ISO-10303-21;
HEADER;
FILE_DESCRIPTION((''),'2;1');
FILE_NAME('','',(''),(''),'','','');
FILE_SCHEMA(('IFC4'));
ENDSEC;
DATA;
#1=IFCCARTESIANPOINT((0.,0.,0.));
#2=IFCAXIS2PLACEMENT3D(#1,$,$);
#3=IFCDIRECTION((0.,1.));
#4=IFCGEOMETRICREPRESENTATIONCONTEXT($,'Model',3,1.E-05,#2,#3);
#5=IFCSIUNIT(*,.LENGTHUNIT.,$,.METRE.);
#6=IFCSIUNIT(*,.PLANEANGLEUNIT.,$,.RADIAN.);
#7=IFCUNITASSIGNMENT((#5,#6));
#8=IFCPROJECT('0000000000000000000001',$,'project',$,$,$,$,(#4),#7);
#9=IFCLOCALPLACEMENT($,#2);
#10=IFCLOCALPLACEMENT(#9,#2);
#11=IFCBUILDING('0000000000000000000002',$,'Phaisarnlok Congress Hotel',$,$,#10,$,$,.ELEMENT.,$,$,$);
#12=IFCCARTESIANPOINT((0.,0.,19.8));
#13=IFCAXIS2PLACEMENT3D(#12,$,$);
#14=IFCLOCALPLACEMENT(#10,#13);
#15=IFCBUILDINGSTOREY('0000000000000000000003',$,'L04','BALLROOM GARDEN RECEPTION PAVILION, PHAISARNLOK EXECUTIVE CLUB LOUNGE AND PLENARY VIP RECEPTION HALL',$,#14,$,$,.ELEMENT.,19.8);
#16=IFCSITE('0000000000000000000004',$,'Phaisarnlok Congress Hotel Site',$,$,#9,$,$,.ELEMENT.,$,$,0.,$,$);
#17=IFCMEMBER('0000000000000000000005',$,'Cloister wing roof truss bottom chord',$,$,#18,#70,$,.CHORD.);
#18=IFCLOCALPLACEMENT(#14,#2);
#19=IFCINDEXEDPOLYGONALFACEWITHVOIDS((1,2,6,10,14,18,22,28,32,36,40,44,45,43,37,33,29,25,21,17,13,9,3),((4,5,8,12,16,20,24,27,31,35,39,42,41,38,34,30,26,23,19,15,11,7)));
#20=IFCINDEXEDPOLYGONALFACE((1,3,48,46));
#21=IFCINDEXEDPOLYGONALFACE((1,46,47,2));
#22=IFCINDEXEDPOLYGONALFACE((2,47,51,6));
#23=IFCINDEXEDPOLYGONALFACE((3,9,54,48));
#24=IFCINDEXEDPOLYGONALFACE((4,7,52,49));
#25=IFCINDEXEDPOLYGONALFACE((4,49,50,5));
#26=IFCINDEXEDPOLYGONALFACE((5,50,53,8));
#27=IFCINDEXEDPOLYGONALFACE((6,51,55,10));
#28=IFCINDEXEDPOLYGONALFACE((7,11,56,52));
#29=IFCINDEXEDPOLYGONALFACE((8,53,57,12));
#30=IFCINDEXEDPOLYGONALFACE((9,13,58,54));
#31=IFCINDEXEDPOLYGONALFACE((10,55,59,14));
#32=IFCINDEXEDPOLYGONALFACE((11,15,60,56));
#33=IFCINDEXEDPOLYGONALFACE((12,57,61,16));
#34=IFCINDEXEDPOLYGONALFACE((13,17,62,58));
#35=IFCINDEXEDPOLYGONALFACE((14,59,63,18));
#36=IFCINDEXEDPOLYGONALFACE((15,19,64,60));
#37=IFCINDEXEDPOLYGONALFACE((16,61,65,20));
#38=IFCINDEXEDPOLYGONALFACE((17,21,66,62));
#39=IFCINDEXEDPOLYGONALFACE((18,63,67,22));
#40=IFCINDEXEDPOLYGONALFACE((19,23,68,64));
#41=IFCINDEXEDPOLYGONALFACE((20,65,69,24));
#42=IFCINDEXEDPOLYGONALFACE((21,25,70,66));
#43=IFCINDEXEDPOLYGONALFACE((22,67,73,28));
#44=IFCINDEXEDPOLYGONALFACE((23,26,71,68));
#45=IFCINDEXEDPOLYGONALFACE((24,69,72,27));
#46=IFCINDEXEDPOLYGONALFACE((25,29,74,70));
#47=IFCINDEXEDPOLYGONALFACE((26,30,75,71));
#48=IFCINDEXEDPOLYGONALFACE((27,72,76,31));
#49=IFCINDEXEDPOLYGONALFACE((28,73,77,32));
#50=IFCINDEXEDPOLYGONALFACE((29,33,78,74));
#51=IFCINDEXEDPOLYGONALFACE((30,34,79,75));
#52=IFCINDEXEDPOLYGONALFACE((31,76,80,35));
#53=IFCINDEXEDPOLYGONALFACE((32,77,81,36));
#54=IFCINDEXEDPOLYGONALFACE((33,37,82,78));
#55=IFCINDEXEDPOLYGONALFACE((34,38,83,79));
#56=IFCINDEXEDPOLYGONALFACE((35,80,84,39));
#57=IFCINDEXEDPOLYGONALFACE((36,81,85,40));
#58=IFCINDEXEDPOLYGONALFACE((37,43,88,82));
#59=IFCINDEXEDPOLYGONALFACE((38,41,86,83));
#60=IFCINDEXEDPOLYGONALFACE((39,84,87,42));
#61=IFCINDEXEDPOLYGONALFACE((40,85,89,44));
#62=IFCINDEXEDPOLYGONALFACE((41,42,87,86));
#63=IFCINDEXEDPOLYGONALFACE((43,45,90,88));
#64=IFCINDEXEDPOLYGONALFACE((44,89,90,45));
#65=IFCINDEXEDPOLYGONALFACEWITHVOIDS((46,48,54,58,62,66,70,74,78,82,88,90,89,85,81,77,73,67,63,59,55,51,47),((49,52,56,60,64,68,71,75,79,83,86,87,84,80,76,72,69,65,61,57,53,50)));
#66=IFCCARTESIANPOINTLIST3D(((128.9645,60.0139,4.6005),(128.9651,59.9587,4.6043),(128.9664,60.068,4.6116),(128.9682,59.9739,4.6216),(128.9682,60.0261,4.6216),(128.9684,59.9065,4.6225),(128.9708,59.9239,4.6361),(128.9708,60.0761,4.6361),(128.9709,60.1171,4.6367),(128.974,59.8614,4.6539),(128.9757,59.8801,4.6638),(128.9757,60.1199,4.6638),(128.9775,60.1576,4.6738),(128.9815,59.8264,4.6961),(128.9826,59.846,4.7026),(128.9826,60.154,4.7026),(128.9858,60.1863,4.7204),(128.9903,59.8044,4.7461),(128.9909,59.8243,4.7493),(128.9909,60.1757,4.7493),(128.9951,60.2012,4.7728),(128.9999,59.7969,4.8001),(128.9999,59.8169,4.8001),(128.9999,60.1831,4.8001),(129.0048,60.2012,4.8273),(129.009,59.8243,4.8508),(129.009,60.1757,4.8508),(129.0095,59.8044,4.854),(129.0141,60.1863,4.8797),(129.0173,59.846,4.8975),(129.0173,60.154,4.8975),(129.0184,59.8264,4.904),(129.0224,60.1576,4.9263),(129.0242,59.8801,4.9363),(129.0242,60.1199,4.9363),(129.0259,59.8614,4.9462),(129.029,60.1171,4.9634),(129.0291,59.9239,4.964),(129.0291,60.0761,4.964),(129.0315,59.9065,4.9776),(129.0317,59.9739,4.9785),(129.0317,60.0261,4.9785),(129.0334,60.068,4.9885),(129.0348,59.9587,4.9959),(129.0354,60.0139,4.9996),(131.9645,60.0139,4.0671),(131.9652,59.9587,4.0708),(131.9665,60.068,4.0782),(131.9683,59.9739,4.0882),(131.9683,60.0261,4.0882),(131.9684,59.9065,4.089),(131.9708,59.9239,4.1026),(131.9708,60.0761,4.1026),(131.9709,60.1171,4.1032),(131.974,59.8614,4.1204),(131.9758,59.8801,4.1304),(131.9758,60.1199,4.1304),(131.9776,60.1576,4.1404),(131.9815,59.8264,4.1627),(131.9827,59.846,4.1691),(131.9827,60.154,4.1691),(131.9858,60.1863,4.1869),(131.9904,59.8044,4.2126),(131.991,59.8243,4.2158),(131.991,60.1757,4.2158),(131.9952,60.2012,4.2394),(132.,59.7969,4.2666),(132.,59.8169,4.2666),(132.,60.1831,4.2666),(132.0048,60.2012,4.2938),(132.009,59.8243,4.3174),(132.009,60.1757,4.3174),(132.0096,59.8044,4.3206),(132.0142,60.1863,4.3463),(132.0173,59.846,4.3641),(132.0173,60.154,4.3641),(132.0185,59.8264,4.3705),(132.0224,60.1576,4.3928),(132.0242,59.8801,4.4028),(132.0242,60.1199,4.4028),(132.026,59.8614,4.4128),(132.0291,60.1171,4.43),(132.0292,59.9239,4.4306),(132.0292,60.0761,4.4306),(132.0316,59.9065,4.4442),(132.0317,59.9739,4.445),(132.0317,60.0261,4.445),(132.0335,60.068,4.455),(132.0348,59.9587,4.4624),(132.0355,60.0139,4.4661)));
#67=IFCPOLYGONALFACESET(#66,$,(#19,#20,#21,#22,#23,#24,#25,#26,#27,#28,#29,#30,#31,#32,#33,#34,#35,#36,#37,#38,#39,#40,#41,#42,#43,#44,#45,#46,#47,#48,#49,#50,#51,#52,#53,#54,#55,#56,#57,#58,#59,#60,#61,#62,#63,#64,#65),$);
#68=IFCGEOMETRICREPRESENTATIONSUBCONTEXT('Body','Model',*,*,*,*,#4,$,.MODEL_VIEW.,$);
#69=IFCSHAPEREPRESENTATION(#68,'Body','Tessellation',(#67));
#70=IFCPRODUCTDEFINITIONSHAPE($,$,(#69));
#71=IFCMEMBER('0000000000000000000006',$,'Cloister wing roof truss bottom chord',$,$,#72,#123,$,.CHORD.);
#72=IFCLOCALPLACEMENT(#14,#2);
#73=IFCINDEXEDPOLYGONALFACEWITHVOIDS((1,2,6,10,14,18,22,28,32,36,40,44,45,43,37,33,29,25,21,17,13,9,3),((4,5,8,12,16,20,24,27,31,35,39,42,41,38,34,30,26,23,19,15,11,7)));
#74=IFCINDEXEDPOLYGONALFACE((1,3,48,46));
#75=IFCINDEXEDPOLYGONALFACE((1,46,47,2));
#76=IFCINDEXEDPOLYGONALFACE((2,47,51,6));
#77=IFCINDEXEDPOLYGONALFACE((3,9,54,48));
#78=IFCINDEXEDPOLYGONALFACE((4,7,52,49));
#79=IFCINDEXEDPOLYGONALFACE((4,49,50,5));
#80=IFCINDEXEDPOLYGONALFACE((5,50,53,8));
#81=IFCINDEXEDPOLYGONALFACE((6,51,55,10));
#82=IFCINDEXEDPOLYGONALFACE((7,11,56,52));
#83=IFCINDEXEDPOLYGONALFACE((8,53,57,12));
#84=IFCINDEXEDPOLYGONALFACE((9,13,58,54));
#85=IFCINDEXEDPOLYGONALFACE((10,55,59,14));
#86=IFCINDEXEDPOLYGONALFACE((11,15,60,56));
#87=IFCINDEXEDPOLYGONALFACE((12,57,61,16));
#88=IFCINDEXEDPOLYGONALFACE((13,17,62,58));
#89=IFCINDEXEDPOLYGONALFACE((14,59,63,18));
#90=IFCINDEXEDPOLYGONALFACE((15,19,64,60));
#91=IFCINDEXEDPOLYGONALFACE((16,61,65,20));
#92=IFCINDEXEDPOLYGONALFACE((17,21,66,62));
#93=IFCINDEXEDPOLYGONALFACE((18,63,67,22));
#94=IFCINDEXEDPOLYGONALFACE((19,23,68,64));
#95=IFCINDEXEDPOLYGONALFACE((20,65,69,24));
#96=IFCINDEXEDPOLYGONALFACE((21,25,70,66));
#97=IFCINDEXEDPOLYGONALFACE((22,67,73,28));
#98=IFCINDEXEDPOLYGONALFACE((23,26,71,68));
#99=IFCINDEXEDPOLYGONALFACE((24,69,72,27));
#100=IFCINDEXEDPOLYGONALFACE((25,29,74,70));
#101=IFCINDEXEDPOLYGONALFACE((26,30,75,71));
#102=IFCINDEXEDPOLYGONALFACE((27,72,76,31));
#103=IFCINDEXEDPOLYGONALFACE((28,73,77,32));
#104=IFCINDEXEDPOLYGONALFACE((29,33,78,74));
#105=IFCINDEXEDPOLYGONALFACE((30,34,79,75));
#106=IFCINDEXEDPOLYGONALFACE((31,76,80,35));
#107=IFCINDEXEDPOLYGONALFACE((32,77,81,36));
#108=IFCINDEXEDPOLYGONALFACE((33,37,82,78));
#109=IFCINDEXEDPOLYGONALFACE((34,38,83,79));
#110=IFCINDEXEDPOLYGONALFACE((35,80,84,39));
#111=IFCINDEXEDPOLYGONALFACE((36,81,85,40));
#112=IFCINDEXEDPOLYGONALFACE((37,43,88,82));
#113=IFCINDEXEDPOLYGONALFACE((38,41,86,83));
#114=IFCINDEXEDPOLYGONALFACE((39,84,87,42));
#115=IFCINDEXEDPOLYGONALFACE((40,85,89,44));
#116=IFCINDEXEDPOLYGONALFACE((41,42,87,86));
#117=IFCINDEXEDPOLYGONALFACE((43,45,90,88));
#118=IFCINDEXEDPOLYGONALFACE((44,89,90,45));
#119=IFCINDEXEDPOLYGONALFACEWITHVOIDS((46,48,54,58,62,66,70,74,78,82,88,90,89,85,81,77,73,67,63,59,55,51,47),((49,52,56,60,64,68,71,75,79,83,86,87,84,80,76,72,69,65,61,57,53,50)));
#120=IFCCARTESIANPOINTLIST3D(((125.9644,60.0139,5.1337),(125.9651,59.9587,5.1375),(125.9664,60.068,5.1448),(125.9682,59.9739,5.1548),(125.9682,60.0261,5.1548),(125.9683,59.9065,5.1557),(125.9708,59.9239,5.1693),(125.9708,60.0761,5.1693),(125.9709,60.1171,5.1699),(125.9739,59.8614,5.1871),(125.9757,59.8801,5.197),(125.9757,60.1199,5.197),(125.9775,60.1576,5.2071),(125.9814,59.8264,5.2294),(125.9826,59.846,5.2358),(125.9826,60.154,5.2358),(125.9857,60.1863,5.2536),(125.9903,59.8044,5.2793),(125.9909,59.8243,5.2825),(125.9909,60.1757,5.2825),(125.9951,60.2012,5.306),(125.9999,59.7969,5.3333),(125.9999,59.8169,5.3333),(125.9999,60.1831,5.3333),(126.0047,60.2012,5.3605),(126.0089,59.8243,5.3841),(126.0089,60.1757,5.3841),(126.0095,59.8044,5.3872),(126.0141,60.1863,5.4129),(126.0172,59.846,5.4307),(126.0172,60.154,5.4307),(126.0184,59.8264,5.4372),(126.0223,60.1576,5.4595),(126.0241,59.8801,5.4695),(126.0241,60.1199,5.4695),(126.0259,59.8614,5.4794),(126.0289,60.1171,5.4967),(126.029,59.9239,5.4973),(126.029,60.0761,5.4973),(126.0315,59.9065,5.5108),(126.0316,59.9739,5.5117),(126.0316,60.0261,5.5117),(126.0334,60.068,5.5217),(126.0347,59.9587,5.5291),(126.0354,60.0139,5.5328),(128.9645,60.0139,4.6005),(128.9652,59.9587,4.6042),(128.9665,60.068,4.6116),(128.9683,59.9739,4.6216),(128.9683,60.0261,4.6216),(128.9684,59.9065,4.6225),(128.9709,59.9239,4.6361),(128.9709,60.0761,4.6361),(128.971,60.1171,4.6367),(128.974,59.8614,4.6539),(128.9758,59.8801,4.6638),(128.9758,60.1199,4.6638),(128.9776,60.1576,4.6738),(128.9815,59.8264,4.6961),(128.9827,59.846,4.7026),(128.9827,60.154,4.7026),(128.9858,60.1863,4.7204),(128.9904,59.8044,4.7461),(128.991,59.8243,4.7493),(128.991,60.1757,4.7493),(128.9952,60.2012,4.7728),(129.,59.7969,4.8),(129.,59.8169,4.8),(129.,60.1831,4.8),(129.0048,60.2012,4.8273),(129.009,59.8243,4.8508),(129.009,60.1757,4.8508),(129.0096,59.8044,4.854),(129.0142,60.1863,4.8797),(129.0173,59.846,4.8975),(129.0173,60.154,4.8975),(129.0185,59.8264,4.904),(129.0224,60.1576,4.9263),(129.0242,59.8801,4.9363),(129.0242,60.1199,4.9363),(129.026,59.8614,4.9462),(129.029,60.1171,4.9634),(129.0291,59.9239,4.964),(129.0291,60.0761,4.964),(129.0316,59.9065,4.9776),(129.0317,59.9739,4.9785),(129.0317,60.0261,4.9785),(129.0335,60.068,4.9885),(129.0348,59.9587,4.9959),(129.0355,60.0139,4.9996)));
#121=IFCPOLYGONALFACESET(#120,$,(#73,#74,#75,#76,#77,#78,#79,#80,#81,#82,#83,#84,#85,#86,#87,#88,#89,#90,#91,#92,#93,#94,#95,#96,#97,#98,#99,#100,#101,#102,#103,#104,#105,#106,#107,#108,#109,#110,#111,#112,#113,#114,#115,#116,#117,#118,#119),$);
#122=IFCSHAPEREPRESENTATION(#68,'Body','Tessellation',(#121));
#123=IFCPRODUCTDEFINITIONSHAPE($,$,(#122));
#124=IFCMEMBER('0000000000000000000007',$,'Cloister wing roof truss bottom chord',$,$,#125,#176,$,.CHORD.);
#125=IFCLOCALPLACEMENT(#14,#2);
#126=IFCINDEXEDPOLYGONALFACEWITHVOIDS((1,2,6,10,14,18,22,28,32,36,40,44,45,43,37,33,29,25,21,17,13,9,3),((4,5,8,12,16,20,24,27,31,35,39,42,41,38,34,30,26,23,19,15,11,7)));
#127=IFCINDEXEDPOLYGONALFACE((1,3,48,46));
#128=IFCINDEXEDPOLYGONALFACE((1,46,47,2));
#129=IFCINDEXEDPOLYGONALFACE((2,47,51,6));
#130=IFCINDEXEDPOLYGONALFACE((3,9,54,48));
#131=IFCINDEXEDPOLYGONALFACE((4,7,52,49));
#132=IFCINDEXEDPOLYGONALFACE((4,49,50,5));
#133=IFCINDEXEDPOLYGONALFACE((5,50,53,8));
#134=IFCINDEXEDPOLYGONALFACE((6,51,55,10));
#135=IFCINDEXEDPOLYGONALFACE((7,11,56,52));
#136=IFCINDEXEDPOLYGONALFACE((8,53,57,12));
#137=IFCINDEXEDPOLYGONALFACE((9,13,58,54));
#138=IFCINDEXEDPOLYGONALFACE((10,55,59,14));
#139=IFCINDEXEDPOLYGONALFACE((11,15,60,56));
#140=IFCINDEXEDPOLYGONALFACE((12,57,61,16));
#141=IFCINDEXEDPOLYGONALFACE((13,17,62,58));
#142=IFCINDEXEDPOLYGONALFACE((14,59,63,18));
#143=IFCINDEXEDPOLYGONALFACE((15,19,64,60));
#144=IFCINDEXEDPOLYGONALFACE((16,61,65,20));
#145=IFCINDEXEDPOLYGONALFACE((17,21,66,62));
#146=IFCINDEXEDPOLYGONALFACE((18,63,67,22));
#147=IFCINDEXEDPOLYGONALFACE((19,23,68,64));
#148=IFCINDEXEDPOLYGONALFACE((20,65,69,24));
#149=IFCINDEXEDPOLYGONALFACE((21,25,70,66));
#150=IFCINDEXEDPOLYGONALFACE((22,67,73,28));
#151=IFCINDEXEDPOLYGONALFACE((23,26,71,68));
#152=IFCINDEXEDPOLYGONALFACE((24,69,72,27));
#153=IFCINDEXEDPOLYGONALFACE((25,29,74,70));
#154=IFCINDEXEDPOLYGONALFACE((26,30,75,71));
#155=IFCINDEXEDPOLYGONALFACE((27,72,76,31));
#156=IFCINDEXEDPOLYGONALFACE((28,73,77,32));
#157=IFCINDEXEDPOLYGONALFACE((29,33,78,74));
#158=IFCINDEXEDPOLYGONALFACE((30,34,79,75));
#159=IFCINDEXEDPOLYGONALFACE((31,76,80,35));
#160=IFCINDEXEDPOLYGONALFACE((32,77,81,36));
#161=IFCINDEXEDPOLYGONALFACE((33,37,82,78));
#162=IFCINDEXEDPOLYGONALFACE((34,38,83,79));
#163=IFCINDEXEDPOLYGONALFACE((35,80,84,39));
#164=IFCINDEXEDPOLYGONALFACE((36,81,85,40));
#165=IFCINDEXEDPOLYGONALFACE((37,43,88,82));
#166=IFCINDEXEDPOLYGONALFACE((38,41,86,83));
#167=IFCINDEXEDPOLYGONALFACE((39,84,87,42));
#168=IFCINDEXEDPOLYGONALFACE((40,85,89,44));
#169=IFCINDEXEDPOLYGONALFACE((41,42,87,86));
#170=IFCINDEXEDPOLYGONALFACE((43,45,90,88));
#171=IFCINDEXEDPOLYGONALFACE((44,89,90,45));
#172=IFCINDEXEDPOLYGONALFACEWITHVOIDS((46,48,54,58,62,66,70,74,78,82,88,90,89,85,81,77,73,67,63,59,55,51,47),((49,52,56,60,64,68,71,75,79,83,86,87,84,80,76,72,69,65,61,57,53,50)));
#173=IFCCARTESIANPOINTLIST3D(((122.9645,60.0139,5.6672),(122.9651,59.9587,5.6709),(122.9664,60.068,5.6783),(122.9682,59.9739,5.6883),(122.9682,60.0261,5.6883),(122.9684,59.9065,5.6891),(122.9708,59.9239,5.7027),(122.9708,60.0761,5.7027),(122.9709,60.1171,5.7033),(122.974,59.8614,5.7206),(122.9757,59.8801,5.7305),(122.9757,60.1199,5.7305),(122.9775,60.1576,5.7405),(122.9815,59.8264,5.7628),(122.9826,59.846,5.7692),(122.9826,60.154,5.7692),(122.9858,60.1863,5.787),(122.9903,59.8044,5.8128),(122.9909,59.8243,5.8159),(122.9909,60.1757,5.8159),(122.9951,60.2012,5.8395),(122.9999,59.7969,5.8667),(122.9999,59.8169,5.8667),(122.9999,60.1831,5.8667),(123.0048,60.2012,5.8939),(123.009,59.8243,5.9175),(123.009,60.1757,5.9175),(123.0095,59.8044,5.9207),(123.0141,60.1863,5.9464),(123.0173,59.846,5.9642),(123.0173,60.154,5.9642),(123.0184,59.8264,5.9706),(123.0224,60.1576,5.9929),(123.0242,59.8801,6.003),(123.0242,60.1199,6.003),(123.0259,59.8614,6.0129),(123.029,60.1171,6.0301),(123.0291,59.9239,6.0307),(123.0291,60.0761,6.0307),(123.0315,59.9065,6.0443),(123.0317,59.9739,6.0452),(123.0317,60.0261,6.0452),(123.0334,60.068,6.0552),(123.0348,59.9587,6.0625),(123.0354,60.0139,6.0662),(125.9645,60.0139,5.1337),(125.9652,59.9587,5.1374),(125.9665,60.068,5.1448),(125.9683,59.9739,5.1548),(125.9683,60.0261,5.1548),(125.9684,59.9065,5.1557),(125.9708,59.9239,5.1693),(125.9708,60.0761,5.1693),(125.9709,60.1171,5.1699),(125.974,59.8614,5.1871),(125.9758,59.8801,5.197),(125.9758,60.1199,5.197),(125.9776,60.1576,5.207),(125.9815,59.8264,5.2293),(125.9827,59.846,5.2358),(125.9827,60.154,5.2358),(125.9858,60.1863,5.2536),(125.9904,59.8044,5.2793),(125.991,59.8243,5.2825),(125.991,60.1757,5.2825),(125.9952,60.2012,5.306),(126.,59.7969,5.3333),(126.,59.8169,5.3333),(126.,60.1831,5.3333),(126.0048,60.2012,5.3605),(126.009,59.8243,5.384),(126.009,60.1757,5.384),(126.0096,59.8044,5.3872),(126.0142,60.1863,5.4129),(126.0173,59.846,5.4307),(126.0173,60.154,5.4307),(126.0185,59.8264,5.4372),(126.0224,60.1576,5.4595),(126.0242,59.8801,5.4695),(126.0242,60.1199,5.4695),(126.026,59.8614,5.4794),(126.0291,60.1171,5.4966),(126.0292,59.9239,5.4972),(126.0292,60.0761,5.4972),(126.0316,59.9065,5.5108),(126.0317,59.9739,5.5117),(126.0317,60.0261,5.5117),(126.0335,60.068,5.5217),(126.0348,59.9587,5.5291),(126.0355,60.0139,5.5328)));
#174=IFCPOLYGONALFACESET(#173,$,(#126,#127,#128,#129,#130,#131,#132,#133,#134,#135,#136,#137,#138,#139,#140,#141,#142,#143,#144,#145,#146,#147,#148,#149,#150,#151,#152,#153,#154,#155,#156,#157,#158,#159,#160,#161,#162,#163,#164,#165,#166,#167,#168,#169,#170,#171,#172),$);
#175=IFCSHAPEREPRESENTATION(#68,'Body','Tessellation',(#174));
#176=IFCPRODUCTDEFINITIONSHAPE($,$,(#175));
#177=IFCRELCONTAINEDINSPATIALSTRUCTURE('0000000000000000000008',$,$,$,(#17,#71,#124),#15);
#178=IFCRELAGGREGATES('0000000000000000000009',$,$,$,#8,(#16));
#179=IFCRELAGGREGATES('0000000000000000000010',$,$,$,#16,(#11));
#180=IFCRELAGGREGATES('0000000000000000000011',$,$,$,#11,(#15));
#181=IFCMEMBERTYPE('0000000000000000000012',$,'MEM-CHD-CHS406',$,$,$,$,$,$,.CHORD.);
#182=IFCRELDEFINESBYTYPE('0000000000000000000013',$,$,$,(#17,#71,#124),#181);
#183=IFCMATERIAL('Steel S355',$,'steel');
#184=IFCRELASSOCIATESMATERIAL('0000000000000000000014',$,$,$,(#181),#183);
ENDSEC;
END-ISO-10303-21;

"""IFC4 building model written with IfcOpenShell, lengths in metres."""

from ifc_helpers import new_model, si_unit, direction, frame, origin, origin_2d, place, context, subcontext, project, spatial, hollow_circle, extrude, material, material_profile, profile_set, type_object, element, save


model = new_model("IFC4")

# Units and contexts
model_context = context("Model", 3, precision=1e-05, world=origin(), true_north=direction((0.0, 1.0)))
body_context = subcontext(model_context, "Body", "Model", "MODEL_VIEW")
ifc_project = project(units=[si_unit("LENGTHUNIT", "METRE"), si_unit("PLANEANGLEUNIT", "RADIAN")], contexts=[model_context])

# Site, building, storey
site_placement = place(None, origin())
site = spatial("IfcSite", under=ifc_project, at=site_placement, Name="Phaisarnlok Congress Hotel Site", CompositionType="ELEMENT", RefElevation=0.0)
building_placement = place(site_placement, origin())
building = spatial("IfcBuilding", under=site, at=building_placement, Name="Phaisarnlok Congress Hotel", CompositionType="ELEMENT")
storey_placement = place(building_placement, frame((0.0, 0.0, 19.8)))
storey = spatial("IfcBuildingStorey", under=building, at=storey_placement, Name="L04", Description="BALLROOM GARDEN RECEPTION PAVILION, PHAISARNLOK EXECUTIVE CLUB LOUNGE AND PLENARY VIP RECEPTION HALL", CompositionType="ELEMENT", Elevation=19.8)

# Shared definitions
ifc_material_1 = material(Name="Steel S355", Category="steel")

# Members
ifc_material_profile_1 = material_profile(ifc_material_1, hollow_circle(Radius=0.2031, WallThickness=0.02, at=origin_2d()), Name="CHS 406.4x20")
ifc_profile_set_1 = profile_set([ifc_material_profile_1], Name="Steel S355")
member_type_1 = type_object("IfcMemberType", Name="MEM-CHD-CHS406", PredefinedType="CHORD", material=ifc_profile_set_1)
for number, where, z_axis, x_axis, name in (
    (1, (132.0, 60.0, 4.2666), (-0.984556, 0.0, 0.17507), (0.0, -1.0, 0.0), "Cloister wing roof truss bottom chord"),
    (2, (129.0, 60.0, 4.8), (-0.98457, 0.0, 0.174992), (0.0, -1.0, 0.0), "Cloister wing roof truss bottom chord"),
    (3, (126.0, 60.0, 5.3333), (-0.984556, 0.0, 0.17507), (0.0, -1.0, 0.0), "Cloister wing roof truss bottom chord"),
):
    element("IfcMember", number, at=place(storey_placement, frame(where, z_axis=z_axis, x_axis=x_axis)), inside=storey, type_object=member_type_1, Name=name, PredefinedType="CHORD", context=body_context, shape_type="SweptSolid", body=[
        extrude(hollow_circle(Radius=0.2031, WallThickness=0.02, at=origin_2d()), origin(), (0.0, 0.0, 1.0), 3.0471),
    ])

save(model, "model.ifc")
